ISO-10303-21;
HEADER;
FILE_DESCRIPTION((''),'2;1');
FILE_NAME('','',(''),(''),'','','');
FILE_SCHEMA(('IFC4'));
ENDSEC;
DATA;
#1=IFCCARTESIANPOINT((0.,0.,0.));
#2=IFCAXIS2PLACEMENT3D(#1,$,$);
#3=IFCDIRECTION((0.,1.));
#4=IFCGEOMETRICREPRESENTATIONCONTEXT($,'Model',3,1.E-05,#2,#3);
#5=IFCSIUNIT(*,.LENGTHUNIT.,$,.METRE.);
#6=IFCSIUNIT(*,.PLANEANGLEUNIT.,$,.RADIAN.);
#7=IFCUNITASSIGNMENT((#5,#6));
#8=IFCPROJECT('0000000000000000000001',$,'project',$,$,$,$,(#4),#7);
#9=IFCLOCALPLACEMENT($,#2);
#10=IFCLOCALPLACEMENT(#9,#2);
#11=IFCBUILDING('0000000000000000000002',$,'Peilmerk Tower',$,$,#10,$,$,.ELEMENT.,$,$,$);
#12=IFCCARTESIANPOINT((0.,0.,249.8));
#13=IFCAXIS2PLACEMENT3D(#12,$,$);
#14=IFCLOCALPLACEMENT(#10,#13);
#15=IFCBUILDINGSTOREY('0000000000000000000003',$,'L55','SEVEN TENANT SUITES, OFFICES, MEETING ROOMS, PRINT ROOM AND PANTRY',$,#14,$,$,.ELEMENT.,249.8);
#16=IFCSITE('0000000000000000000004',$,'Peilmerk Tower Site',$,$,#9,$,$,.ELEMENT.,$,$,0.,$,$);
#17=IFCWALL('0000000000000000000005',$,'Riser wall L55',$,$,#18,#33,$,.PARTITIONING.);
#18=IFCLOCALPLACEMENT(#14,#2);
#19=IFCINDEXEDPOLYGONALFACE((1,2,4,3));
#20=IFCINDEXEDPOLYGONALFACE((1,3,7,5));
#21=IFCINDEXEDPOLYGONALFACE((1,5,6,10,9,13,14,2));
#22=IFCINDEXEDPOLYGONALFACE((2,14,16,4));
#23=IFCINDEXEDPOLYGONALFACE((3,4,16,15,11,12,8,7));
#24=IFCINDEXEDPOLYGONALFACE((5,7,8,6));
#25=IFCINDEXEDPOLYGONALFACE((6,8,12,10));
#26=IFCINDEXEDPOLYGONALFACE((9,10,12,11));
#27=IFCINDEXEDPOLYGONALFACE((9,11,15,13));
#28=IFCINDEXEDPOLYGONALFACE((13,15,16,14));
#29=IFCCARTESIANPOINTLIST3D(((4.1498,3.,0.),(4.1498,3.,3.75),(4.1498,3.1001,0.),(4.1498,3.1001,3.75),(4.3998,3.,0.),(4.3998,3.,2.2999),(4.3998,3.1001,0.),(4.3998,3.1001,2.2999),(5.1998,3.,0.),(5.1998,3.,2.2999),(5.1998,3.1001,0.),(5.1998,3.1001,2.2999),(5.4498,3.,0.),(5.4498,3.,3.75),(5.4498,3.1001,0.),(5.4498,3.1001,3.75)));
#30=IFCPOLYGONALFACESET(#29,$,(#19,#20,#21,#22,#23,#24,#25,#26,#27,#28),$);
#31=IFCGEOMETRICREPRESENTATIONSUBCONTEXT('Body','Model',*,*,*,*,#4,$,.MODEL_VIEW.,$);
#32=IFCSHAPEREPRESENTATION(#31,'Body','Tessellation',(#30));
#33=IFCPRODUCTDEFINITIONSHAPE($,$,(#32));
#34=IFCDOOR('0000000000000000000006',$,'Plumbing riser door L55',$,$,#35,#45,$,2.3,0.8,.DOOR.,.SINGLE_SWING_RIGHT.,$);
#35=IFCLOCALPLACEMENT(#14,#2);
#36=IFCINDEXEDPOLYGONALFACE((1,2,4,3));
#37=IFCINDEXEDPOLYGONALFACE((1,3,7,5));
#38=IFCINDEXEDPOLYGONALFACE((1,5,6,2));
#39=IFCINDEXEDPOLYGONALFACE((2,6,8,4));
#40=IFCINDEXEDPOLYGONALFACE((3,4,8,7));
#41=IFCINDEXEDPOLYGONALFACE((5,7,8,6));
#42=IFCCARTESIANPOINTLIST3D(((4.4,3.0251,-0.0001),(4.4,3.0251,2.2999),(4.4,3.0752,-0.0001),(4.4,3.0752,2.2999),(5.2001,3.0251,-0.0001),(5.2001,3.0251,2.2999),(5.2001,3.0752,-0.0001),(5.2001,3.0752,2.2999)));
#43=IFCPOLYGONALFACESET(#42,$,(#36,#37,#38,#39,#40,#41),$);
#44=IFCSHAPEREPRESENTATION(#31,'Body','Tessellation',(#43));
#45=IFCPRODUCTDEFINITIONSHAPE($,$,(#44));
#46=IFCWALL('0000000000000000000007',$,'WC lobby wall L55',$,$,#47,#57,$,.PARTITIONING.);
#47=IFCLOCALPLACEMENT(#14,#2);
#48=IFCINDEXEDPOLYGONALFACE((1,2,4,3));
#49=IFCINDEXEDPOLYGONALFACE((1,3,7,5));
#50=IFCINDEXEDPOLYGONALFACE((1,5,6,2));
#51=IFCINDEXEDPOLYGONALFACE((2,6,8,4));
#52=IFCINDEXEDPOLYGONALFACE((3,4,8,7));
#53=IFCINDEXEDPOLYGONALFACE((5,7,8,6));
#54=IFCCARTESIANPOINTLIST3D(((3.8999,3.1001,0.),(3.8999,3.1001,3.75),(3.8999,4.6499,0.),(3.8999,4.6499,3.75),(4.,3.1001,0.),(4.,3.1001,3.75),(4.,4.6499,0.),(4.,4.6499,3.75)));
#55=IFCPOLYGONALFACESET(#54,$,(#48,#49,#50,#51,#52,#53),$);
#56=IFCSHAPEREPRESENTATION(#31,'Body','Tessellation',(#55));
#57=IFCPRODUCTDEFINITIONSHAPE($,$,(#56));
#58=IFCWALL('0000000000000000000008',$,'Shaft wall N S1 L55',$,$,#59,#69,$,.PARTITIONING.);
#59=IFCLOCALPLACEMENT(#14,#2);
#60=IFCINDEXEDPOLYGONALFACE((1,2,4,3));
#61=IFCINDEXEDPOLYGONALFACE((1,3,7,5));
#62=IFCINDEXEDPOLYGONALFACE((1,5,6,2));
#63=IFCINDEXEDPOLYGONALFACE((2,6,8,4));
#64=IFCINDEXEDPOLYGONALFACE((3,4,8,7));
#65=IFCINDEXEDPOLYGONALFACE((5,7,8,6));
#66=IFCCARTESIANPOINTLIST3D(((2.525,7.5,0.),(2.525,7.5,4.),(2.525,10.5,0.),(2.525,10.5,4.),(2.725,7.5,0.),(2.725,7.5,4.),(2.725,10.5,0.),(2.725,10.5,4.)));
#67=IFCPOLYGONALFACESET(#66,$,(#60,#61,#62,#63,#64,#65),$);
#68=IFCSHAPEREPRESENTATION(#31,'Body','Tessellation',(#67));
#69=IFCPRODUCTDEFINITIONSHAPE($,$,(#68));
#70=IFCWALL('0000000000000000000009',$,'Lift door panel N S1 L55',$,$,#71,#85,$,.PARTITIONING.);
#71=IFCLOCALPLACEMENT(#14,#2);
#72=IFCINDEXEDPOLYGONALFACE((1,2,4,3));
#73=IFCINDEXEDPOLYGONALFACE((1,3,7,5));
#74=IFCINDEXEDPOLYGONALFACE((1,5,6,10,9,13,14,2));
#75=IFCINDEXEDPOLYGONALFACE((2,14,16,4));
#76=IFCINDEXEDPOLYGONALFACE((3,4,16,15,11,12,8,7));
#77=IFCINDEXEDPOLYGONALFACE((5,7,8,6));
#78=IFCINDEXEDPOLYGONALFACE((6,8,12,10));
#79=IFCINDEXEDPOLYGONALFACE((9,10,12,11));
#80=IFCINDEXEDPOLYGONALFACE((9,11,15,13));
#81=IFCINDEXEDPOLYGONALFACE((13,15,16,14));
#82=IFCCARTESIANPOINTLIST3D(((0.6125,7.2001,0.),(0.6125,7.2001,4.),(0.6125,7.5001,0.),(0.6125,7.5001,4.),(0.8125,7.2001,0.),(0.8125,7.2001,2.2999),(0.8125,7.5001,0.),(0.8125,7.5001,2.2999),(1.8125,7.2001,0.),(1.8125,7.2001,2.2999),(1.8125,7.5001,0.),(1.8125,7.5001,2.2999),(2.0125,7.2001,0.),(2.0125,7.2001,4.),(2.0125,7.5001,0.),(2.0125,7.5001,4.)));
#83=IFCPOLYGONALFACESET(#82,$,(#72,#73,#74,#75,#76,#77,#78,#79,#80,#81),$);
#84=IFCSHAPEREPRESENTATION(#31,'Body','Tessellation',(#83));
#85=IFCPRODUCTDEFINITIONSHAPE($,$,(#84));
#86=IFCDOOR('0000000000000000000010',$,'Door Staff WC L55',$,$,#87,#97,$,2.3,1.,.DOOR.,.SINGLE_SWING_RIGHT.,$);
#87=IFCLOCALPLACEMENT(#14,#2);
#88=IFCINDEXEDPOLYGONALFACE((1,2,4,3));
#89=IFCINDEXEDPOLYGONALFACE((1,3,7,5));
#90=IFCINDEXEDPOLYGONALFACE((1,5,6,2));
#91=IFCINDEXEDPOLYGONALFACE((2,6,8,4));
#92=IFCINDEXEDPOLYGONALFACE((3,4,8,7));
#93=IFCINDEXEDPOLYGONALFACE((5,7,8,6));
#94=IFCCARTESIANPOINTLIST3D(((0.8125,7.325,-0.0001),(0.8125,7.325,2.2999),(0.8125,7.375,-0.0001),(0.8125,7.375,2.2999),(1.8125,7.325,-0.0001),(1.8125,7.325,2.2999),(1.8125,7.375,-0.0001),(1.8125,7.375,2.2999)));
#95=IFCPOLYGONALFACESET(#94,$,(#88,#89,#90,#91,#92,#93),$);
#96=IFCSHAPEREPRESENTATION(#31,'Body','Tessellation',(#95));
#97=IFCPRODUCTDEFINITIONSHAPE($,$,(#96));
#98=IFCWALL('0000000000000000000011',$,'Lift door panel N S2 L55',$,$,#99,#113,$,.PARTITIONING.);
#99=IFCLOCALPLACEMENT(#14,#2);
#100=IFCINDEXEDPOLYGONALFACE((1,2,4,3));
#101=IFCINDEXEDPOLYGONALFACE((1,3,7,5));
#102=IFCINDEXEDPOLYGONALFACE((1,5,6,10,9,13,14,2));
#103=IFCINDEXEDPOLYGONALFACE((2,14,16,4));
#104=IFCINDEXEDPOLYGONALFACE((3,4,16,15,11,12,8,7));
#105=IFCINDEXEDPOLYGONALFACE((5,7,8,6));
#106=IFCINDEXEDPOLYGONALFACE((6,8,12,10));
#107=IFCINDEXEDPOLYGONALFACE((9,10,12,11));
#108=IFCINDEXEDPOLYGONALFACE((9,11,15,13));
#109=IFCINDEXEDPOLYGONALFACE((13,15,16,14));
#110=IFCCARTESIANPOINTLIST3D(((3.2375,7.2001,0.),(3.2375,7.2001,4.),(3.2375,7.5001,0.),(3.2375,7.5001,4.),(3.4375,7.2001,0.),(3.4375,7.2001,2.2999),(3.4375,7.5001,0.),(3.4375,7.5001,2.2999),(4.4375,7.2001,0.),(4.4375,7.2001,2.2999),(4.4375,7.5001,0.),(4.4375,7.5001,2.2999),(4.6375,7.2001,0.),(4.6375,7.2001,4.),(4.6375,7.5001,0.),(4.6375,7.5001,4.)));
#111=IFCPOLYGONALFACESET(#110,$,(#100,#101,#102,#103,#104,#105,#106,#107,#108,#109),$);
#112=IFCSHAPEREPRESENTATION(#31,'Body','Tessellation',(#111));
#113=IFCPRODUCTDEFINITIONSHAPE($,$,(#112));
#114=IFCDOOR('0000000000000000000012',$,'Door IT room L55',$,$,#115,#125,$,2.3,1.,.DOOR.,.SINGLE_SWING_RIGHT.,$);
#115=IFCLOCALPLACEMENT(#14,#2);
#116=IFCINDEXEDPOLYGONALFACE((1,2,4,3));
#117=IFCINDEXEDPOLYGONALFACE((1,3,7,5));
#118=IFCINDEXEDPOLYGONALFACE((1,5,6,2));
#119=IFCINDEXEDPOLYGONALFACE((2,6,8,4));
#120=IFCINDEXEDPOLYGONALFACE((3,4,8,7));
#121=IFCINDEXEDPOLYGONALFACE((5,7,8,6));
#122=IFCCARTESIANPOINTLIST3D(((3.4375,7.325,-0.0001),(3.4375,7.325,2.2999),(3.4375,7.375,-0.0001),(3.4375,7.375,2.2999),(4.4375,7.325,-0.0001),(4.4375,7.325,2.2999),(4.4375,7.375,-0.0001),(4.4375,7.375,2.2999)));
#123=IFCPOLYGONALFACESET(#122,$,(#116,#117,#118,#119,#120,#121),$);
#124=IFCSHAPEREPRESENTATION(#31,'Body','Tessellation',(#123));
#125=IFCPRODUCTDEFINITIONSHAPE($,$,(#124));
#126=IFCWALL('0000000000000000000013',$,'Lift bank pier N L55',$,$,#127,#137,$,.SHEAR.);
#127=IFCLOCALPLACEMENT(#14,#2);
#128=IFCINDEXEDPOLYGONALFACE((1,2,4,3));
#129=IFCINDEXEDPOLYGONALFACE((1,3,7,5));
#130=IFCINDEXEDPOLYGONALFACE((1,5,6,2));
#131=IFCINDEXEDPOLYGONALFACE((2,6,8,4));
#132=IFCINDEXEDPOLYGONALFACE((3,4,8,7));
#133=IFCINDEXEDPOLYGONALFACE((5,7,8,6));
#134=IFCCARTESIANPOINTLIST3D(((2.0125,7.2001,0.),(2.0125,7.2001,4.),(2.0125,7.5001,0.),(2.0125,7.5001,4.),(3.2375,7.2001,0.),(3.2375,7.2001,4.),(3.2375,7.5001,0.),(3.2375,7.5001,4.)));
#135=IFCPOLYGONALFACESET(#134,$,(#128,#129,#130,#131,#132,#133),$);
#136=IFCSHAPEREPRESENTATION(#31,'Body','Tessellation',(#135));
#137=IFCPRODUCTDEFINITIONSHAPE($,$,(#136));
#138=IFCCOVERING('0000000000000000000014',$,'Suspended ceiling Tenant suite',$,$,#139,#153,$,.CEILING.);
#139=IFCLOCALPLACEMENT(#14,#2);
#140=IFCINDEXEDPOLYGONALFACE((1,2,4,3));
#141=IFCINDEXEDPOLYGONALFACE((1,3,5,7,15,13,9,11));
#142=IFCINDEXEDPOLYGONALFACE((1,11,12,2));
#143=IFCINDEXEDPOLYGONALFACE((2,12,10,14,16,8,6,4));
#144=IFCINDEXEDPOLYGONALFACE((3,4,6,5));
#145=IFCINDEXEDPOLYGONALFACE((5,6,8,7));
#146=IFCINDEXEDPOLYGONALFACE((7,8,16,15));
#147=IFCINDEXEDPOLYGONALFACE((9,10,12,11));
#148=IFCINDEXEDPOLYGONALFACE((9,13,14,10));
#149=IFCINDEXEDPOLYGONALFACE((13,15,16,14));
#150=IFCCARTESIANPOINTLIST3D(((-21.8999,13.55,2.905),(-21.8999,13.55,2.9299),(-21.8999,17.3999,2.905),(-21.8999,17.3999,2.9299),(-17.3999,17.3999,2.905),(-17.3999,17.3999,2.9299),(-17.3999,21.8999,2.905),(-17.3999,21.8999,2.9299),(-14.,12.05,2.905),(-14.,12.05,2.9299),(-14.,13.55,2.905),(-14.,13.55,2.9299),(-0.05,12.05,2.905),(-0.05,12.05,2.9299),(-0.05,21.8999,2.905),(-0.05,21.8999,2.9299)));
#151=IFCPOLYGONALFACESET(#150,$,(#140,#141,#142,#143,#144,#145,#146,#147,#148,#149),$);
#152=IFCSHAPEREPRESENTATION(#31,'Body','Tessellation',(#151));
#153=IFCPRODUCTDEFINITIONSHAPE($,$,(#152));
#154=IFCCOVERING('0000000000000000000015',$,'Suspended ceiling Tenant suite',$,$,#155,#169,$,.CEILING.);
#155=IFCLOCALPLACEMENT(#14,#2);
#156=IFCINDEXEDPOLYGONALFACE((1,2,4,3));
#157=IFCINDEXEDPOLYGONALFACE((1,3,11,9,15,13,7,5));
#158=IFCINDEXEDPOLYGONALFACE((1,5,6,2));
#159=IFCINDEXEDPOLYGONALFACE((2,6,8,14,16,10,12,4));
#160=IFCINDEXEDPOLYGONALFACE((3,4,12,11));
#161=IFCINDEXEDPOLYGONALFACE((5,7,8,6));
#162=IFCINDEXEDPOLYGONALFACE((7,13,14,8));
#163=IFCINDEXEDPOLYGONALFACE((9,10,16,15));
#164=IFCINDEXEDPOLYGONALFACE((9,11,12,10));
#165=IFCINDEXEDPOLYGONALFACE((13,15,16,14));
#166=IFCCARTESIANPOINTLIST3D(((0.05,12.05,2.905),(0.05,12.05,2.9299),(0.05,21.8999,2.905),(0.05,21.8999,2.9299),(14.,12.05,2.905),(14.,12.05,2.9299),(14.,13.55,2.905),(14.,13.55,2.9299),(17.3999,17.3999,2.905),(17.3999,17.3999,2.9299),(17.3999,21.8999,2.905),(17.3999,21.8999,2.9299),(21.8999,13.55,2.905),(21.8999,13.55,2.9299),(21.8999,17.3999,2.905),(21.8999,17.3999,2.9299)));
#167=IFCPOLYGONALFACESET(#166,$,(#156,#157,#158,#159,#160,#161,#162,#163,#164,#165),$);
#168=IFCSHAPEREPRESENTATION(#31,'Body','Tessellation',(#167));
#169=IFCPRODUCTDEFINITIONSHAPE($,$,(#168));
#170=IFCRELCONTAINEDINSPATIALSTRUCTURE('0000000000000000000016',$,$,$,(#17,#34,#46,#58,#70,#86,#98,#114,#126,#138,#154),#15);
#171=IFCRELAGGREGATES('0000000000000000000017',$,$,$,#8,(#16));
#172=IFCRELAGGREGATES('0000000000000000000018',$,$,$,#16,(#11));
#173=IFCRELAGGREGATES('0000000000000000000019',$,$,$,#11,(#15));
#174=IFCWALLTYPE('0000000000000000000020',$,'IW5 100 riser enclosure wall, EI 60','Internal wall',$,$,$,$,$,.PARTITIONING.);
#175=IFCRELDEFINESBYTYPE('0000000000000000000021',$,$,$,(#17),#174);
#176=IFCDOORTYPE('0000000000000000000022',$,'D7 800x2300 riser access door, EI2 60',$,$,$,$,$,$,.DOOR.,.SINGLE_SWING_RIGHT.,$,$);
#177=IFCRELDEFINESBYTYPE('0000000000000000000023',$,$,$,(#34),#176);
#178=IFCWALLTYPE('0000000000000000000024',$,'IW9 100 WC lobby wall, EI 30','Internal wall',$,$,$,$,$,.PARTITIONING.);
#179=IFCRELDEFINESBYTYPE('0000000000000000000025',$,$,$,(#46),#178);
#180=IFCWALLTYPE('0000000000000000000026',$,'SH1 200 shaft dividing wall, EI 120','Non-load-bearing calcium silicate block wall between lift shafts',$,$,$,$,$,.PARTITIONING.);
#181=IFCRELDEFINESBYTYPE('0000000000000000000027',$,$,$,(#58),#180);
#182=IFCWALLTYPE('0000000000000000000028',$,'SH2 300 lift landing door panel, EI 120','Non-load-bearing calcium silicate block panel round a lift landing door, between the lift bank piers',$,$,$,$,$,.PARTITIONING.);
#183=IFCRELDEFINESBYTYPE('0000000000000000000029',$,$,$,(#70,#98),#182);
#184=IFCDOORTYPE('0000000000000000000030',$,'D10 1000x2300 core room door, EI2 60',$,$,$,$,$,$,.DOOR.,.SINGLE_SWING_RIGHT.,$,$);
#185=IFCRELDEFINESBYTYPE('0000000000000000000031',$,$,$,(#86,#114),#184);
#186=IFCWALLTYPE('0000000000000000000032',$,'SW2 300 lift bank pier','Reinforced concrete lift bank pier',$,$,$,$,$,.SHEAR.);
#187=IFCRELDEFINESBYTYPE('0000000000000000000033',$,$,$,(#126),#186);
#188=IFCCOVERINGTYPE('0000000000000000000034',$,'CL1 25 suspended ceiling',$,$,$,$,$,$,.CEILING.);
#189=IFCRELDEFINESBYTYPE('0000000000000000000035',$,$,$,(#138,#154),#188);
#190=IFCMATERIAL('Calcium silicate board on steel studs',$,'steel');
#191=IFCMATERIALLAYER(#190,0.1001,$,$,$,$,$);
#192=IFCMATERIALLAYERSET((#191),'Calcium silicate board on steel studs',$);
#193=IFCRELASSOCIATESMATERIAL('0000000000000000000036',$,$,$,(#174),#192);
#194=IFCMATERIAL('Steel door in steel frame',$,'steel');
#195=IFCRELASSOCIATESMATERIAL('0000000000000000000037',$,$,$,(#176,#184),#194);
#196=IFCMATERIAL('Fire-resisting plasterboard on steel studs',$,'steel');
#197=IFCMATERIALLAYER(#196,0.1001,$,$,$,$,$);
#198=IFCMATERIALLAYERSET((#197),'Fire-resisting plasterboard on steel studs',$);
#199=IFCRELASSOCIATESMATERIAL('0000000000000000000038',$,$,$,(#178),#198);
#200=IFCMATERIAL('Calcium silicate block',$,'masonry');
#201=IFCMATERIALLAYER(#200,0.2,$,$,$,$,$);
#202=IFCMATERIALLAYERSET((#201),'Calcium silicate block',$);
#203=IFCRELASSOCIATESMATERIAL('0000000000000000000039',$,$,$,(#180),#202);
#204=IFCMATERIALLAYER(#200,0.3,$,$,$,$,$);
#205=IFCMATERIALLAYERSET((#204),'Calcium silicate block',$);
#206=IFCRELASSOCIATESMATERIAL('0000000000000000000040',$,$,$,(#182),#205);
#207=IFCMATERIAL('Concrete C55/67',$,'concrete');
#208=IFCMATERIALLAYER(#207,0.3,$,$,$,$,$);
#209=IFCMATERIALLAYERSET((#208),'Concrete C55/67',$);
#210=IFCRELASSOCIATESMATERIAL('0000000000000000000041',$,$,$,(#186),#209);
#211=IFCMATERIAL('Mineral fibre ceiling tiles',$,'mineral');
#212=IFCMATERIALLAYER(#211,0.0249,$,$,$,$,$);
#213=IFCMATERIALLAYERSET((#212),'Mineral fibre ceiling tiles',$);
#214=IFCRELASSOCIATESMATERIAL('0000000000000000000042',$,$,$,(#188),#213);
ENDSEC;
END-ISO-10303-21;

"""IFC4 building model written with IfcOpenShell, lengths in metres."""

from ifc_helpers import new_model, si_unit, direction, frame, frame_2d, origin, place, context, subcontext, project, spatial, polyline, rectangle, outline, extrude, material, layer, layer_set, type_object, element, fill, save


model = new_model("IFC4")

# Units and contexts
model_context = context("Model", 3, precision=1e-05, world=origin(), true_north=direction((0.0, 1.0)))
body_context = subcontext(model_context, "Body", "Model", "MODEL_VIEW")
ifc_project = project(units=[si_unit("LENGTHUNIT", "METRE"), si_unit("PLANEANGLEUNIT", "RADIAN")], contexts=[model_context])

# Site, building, storey
site_placement = place(None, origin())
site = spatial("IfcSite", under=ifc_project, at=site_placement, Name="Peilmerk Tower Site", CompositionType="ELEMENT", RefElevation=0.0)
building_placement = place(site_placement, origin())
building = spatial("IfcBuilding", under=site, at=building_placement, Name="Peilmerk Tower", CompositionType="ELEMENT")
storey_placement = place(building_placement, frame((0.0, 0.0, 249.8)))
storey = spatial("IfcBuildingStorey", under=building, at=storey_placement, Name="L55", Description="SEVEN TENANT SUITES, OFFICES, MEETING ROOMS, PRINT ROOM AND PANTRY", CompositionType="ELEMENT", Elevation=249.8)

# Wall, opening, door
ifc_material_1 = material(Name="Calcium silicate board on steel studs", Category="steel")
ifc_layer_1 = layer(ifc_material_1, 0.1001)
ifc_layer_set_1 = layer_set([ifc_layer_1], Name="Calcium silicate board on steel studs")
wall_type_1 = type_object("IfcWallType", Name="IW5 100 riser enclosure wall, EI 60", Description="Internal wall", PredefinedType="PARTITIONING", material=ifc_layer_set_1)
wall_1_placement = place(storey_placement, frame((4.1499, 3.05, 0.0), z_axis=(0.0, 0.0, 1.0), x_axis=(1.0, 0.0, 0.0)))
wall_1 = element("IfcWall", 1, at=wall_1_placement, inside=storey, type_object=wall_type_1, Name="Riser wall L55", PredefinedType="PARTITIONING", context=body_context, shape_type="SweptSolid", body=[
    extrude(rectangle(XDim=1.3, YDim=0.1001, at=frame_2d((0.6499, 0.0))), origin(), (0.0, 0.0, 1.0), 3.75),
])
opening_1_placement = place(wall_1_placement, frame((0.25, 0.0, 0.0)))
opening_1 = element("IfcOpeningElement", 2, at=opening_1_placement, cuts=wall_1, PredefinedType="OPENING", context=body_context, shape_type="SweptSolid", body=[
    extrude(rectangle(XDim=0.8, YDim=2.3, at=frame_2d((0.3999, 1.1499))), frame((0.0, 0.0601, 0.0), z_axis=(0.0, -1.0, 0.0), x_axis=(1.0, 0.0, 0.0)), (0.0, 0.0, 1.0), 0.1201),
])
ifc_material_2 = material(Name="Steel door in steel frame", Category="steel")
door_type_1 = type_object("IfcDoorType", Name="D7 800x2300 riser access door, EI2 60", OperationType="SINGLE_SWING_RIGHT", PredefinedType="DOOR", material=ifc_material_2)
door_1_placement = place(opening_1_placement, frame((0.8, 0.0, 0.0), z_axis=(0.0, 0.0, 1.0), x_axis=(-1.0, 0.0, 0.0)))
door_1 = element("IfcDoor", 3, at=door_1_placement, inside=storey, type_object=door_type_1, Name="Plumbing riser door L55", OperationType="SINGLE_SWING_RIGHT", OverallHeight=2.3, OverallWidth=0.8, PredefinedType="DOOR", context=body_context, shape_type="SweptSolid", body=[
    extrude(rectangle(XDim=0.8, YDim=2.3, at=frame_2d((0.3999, 1.1499))), frame((0.0, 0.0249, 0.0), z_axis=(0.0, -1.0, 0.0), x_axis=(1.0, 0.0, 0.0)), (0.0, 0.0, 1.0), 0.05),
])
fill(opening_1, door_1)

# Walls
ifc_material_3 = material(Name="Fire-resisting plasterboard on steel studs", Category="steel")
ifc_layer_2 = layer(ifc_material_3, 0.1001)
ifc_layer_set_2 = layer_set([ifc_layer_2], Name="Fire-resisting plasterboard on steel studs")
wall_type_2 = type_object("IfcWallType", Name="IW9 100 WC lobby wall, EI 30", Description="Internal wall", PredefinedType="PARTITIONING", material=ifc_layer_set_2)
wall_2_placement = place(storey_placement, frame((3.95, 3.1001, 0.0), z_axis=(0.0, 0.0, 1.0), x_axis=(0.0, 1.0, 0.0)))
element("IfcWall", 4, at=wall_2_placement, inside=storey, type_object=wall_type_2, Name="WC lobby wall L55", PredefinedType="PARTITIONING", context=body_context, shape_type="SweptSolid", body=[
    extrude(rectangle(XDim=1.5498, YDim=0.1001, at=frame_2d((0.7749, 0.0))), origin(), (0.0, 0.0, 1.0), 3.75),
])
ifc_material_4 = material(Name="Calcium silicate block", Category="masonry")
ifc_layer_3 = layer(ifc_material_4, 0.2)
ifc_layer_set_3 = layer_set([ifc_layer_3], Name="Calcium silicate block")
wall_type_3 = type_object("IfcWallType", Name="SH1 200 shaft dividing wall, EI 120", Description="Non-load-bearing calcium silicate block wall between lift shafts", PredefinedType="PARTITIONING", material=ifc_layer_set_3)
wall_3_placement = place(storey_placement, frame((2.625, 7.5, 0.0), z_axis=(0.0, 0.0, 1.0), x_axis=(0.0, 1.0, 0.0)))
element("IfcWall", 5, at=wall_3_placement, inside=storey, type_object=wall_type_3, Name="Shaft wall N S1 L55", PredefinedType="PARTITIONING", context=body_context, shape_type="SweptSolid", body=[
    extrude(rectangle(XDim=3.0, YDim=0.2, at=frame_2d((1.5, 0.0))), origin(), (0.0, 0.0, 1.0), 4.0),
])

# Walls, openings, doors
ifc_layer_4 = layer(ifc_material_4, 0.3)
ifc_layer_set_4 = layer_set([ifc_layer_4], Name="Calcium silicate block")
wall_type_4 = type_object("IfcWallType", Name="SH2 300 lift landing door panel, EI 120", Description="Non-load-bearing calcium silicate block panel round a lift landing door, between the lift bank piers", PredefinedType="PARTITIONING", material=ifc_layer_set_4)
wall_4_placement = place(storey_placement, frame((0.6125, 7.3501, 0.0), z_axis=(0.0, 0.0, 1.0), x_axis=(1.0, 0.0, 0.0)))
wall_4 = element("IfcWall", 6, at=wall_4_placement, inside=storey, type_object=wall_type_4, Name="Lift door panel N S1 L55", PredefinedType="PARTITIONING", context=body_context, shape_type="SweptSolid", body=[
    extrude(rectangle(XDim=1.3999, YDim=0.3, at=frame_2d((0.7, 0.0))), origin(), (0.0, 0.0, 1.0), 4.0),
])
opening_2_placement = place(wall_4_placement, frame((0.2, 0.0, 0.0)))
opening_2 = element("IfcOpeningElement", 7, at=opening_2_placement, cuts=wall_4, PredefinedType="OPENING", context=body_context, shape_type="SweptSolid", body=[
    extrude(rectangle(XDim=1.0, YDim=2.3, at=frame_2d((0.5, 1.1499))), frame((0.0, 0.1599, 0.0), z_axis=(0.0, -1.0, 0.0), x_axis=(1.0, 0.0, 0.0)), (0.0, 0.0, 1.0), 0.3201),
])
door_type_2 = type_object("IfcDoorType", Name="D10 1000x2300 core room door, EI2 60", OperationType="SINGLE_SWING_RIGHT", PredefinedType="DOOR", material=ifc_material_2)
door_2_placement = place(opening_2_placement, origin())
door_2 = element("IfcDoor", 8, at=door_2_placement, inside=storey, type_object=door_type_2, Name="Door Staff WC L55", OperationType="SINGLE_SWING_RIGHT", OverallHeight=2.3, OverallWidth=1.0, PredefinedType="DOOR", context=body_context, shape_type="SweptSolid", body=[
    extrude(rectangle(XDim=1.0, YDim=2.3, at=frame_2d((0.5, 1.1499))), frame((0.0, 0.0249, 0.0), z_axis=(0.0, -1.0, 0.0), x_axis=(1.0, 0.0, 0.0)), (0.0, 0.0, 1.0), 0.05),
])
fill(opening_2, door_2)
wall_5_placement = place(storey_placement, frame((3.2375, 7.3501, 0.0), z_axis=(0.0, 0.0, 1.0), x_axis=(1.0, 0.0, 0.0)))
wall_5 = element("IfcWall", 9, at=wall_5_placement, inside=storey, type_object=wall_type_4, Name="Lift door panel N S2 L55", PredefinedType="PARTITIONING", context=body_context, shape_type="SweptSolid", body=[
    extrude(rectangle(XDim=1.3999, YDim=0.3, at=frame_2d((0.7, 0.0))), origin(), (0.0, 0.0, 1.0), 4.0),
])
opening_3_placement = place(wall_5_placement, frame((0.2, 0.0, 0.0)))
opening_3 = element("IfcOpeningElement", 10, at=opening_3_placement, cuts=wall_5, PredefinedType="OPENING", context=body_context, shape_type="SweptSolid", body=[
    extrude(rectangle(XDim=1.0, YDim=2.3, at=frame_2d((0.5, 1.1499))), frame((0.0, 0.1599, 0.0), z_axis=(0.0, -1.0, 0.0), x_axis=(1.0, 0.0, 0.0)), (0.0, 0.0, 1.0), 0.3201),
])
door_3_placement = place(opening_3_placement, origin())
door_3 = element("IfcDoor", 11, at=door_3_placement, inside=storey, type_object=door_type_2, Name="Door IT room L55", OperationType="SINGLE_SWING_RIGHT", OverallHeight=2.3, OverallWidth=1.0, PredefinedType="DOOR", context=body_context, shape_type="SweptSolid", body=[
    extrude(rectangle(XDim=1.0, YDim=2.3, at=frame_2d((0.5, 1.1499))), frame((0.0, 0.0249, 0.0), z_axis=(0.0, -1.0, 0.0), x_axis=(1.0, 0.0, 0.0)), (0.0, 0.0, 1.0), 0.05),
])
fill(opening_3, door_3)

# Wall
ifc_material_5 = material(Name="Concrete C55/67", Category="concrete")
ifc_layer_5 = layer(ifc_material_5, 0.3)
ifc_layer_set_5 = layer_set([ifc_layer_5], Name="Concrete C55/67")
wall_type_5 = type_object("IfcWallType", Name="SW2 300 lift bank pier", Description="Reinforced concrete lift bank pier", PredefinedType="SHEAR", material=ifc_layer_set_5)
wall_6_placement = place(storey_placement, frame((2.0125, 7.3501, 0.0), z_axis=(0.0, 0.0, 1.0), x_axis=(1.0, 0.0, 0.0)))
element("IfcWall", 12, at=wall_6_placement, inside=storey, type_object=wall_type_5, Name="Lift bank pier N L55", PredefinedType="SHEAR", context=body_context, shape_type="SweptSolid", body=[
    extrude(rectangle(XDim=1.2251, YDim=0.3, at=frame_2d((0.6125, 0.0))), origin(), (0.0, 0.0, 1.0), 4.0),
])

# Coverings
ifc_material_6 = material(Name="Mineral fibre ceiling tiles", Category="mineral")
ifc_layer_6 = layer(ifc_material_6, 0.0249)
ifc_layer_set_6 = layer_set([ifc_layer_6], Name="Mineral fibre ceiling tiles")
covering_type = type_object("IfcCoveringType", Name="CL1 25 suspended ceiling", PredefinedType="CEILING", material=ifc_layer_set_6)
covering_1_placement = place(storey_placement, frame((0.0, 0.0, 2.905)))
element("IfcCovering", 13, at=covering_1_placement, inside=storey, type_object=covering_type, Name="Suspended ceiling Tenant suite", PredefinedType="CEILING", context=body_context, shape_type="SweptSolid", body=[
    extrude(outline(polyline([(-21.8999, 17.3999), (-21.8999, 13.55), (-14.0, 13.55), (-14.0, 12.05), (-0.05, 12.05), (-0.05, 21.8999), (-17.3999, 21.8999), (-17.3999, 17.3999), (-21.8999, 17.3999)])), origin(), (0.0, 0.0, 1.0), 0.0249),
])
covering_2_placement = place(storey_placement, frame((0.0, 0.0, 2.905)))
element("IfcCovering", 14, at=covering_2_placement, inside=storey, type_object=covering_type, Name="Suspended ceiling Tenant suite", PredefinedType="CEILING", context=body_context, shape_type="SweptSolid", body=[
    extrude(outline(polyline([(17.3999, 21.8999), (0.05, 21.8999), (0.05, 12.05), (14.0, 12.05), (14.0, 13.55), (21.8999, 13.55), (21.8999, 17.3999), (17.3999, 17.3999), (17.3999, 21.8999)])), origin(), (0.0, 0.0, 1.0), 0.0249),
])

save(model, "model.ifc")
